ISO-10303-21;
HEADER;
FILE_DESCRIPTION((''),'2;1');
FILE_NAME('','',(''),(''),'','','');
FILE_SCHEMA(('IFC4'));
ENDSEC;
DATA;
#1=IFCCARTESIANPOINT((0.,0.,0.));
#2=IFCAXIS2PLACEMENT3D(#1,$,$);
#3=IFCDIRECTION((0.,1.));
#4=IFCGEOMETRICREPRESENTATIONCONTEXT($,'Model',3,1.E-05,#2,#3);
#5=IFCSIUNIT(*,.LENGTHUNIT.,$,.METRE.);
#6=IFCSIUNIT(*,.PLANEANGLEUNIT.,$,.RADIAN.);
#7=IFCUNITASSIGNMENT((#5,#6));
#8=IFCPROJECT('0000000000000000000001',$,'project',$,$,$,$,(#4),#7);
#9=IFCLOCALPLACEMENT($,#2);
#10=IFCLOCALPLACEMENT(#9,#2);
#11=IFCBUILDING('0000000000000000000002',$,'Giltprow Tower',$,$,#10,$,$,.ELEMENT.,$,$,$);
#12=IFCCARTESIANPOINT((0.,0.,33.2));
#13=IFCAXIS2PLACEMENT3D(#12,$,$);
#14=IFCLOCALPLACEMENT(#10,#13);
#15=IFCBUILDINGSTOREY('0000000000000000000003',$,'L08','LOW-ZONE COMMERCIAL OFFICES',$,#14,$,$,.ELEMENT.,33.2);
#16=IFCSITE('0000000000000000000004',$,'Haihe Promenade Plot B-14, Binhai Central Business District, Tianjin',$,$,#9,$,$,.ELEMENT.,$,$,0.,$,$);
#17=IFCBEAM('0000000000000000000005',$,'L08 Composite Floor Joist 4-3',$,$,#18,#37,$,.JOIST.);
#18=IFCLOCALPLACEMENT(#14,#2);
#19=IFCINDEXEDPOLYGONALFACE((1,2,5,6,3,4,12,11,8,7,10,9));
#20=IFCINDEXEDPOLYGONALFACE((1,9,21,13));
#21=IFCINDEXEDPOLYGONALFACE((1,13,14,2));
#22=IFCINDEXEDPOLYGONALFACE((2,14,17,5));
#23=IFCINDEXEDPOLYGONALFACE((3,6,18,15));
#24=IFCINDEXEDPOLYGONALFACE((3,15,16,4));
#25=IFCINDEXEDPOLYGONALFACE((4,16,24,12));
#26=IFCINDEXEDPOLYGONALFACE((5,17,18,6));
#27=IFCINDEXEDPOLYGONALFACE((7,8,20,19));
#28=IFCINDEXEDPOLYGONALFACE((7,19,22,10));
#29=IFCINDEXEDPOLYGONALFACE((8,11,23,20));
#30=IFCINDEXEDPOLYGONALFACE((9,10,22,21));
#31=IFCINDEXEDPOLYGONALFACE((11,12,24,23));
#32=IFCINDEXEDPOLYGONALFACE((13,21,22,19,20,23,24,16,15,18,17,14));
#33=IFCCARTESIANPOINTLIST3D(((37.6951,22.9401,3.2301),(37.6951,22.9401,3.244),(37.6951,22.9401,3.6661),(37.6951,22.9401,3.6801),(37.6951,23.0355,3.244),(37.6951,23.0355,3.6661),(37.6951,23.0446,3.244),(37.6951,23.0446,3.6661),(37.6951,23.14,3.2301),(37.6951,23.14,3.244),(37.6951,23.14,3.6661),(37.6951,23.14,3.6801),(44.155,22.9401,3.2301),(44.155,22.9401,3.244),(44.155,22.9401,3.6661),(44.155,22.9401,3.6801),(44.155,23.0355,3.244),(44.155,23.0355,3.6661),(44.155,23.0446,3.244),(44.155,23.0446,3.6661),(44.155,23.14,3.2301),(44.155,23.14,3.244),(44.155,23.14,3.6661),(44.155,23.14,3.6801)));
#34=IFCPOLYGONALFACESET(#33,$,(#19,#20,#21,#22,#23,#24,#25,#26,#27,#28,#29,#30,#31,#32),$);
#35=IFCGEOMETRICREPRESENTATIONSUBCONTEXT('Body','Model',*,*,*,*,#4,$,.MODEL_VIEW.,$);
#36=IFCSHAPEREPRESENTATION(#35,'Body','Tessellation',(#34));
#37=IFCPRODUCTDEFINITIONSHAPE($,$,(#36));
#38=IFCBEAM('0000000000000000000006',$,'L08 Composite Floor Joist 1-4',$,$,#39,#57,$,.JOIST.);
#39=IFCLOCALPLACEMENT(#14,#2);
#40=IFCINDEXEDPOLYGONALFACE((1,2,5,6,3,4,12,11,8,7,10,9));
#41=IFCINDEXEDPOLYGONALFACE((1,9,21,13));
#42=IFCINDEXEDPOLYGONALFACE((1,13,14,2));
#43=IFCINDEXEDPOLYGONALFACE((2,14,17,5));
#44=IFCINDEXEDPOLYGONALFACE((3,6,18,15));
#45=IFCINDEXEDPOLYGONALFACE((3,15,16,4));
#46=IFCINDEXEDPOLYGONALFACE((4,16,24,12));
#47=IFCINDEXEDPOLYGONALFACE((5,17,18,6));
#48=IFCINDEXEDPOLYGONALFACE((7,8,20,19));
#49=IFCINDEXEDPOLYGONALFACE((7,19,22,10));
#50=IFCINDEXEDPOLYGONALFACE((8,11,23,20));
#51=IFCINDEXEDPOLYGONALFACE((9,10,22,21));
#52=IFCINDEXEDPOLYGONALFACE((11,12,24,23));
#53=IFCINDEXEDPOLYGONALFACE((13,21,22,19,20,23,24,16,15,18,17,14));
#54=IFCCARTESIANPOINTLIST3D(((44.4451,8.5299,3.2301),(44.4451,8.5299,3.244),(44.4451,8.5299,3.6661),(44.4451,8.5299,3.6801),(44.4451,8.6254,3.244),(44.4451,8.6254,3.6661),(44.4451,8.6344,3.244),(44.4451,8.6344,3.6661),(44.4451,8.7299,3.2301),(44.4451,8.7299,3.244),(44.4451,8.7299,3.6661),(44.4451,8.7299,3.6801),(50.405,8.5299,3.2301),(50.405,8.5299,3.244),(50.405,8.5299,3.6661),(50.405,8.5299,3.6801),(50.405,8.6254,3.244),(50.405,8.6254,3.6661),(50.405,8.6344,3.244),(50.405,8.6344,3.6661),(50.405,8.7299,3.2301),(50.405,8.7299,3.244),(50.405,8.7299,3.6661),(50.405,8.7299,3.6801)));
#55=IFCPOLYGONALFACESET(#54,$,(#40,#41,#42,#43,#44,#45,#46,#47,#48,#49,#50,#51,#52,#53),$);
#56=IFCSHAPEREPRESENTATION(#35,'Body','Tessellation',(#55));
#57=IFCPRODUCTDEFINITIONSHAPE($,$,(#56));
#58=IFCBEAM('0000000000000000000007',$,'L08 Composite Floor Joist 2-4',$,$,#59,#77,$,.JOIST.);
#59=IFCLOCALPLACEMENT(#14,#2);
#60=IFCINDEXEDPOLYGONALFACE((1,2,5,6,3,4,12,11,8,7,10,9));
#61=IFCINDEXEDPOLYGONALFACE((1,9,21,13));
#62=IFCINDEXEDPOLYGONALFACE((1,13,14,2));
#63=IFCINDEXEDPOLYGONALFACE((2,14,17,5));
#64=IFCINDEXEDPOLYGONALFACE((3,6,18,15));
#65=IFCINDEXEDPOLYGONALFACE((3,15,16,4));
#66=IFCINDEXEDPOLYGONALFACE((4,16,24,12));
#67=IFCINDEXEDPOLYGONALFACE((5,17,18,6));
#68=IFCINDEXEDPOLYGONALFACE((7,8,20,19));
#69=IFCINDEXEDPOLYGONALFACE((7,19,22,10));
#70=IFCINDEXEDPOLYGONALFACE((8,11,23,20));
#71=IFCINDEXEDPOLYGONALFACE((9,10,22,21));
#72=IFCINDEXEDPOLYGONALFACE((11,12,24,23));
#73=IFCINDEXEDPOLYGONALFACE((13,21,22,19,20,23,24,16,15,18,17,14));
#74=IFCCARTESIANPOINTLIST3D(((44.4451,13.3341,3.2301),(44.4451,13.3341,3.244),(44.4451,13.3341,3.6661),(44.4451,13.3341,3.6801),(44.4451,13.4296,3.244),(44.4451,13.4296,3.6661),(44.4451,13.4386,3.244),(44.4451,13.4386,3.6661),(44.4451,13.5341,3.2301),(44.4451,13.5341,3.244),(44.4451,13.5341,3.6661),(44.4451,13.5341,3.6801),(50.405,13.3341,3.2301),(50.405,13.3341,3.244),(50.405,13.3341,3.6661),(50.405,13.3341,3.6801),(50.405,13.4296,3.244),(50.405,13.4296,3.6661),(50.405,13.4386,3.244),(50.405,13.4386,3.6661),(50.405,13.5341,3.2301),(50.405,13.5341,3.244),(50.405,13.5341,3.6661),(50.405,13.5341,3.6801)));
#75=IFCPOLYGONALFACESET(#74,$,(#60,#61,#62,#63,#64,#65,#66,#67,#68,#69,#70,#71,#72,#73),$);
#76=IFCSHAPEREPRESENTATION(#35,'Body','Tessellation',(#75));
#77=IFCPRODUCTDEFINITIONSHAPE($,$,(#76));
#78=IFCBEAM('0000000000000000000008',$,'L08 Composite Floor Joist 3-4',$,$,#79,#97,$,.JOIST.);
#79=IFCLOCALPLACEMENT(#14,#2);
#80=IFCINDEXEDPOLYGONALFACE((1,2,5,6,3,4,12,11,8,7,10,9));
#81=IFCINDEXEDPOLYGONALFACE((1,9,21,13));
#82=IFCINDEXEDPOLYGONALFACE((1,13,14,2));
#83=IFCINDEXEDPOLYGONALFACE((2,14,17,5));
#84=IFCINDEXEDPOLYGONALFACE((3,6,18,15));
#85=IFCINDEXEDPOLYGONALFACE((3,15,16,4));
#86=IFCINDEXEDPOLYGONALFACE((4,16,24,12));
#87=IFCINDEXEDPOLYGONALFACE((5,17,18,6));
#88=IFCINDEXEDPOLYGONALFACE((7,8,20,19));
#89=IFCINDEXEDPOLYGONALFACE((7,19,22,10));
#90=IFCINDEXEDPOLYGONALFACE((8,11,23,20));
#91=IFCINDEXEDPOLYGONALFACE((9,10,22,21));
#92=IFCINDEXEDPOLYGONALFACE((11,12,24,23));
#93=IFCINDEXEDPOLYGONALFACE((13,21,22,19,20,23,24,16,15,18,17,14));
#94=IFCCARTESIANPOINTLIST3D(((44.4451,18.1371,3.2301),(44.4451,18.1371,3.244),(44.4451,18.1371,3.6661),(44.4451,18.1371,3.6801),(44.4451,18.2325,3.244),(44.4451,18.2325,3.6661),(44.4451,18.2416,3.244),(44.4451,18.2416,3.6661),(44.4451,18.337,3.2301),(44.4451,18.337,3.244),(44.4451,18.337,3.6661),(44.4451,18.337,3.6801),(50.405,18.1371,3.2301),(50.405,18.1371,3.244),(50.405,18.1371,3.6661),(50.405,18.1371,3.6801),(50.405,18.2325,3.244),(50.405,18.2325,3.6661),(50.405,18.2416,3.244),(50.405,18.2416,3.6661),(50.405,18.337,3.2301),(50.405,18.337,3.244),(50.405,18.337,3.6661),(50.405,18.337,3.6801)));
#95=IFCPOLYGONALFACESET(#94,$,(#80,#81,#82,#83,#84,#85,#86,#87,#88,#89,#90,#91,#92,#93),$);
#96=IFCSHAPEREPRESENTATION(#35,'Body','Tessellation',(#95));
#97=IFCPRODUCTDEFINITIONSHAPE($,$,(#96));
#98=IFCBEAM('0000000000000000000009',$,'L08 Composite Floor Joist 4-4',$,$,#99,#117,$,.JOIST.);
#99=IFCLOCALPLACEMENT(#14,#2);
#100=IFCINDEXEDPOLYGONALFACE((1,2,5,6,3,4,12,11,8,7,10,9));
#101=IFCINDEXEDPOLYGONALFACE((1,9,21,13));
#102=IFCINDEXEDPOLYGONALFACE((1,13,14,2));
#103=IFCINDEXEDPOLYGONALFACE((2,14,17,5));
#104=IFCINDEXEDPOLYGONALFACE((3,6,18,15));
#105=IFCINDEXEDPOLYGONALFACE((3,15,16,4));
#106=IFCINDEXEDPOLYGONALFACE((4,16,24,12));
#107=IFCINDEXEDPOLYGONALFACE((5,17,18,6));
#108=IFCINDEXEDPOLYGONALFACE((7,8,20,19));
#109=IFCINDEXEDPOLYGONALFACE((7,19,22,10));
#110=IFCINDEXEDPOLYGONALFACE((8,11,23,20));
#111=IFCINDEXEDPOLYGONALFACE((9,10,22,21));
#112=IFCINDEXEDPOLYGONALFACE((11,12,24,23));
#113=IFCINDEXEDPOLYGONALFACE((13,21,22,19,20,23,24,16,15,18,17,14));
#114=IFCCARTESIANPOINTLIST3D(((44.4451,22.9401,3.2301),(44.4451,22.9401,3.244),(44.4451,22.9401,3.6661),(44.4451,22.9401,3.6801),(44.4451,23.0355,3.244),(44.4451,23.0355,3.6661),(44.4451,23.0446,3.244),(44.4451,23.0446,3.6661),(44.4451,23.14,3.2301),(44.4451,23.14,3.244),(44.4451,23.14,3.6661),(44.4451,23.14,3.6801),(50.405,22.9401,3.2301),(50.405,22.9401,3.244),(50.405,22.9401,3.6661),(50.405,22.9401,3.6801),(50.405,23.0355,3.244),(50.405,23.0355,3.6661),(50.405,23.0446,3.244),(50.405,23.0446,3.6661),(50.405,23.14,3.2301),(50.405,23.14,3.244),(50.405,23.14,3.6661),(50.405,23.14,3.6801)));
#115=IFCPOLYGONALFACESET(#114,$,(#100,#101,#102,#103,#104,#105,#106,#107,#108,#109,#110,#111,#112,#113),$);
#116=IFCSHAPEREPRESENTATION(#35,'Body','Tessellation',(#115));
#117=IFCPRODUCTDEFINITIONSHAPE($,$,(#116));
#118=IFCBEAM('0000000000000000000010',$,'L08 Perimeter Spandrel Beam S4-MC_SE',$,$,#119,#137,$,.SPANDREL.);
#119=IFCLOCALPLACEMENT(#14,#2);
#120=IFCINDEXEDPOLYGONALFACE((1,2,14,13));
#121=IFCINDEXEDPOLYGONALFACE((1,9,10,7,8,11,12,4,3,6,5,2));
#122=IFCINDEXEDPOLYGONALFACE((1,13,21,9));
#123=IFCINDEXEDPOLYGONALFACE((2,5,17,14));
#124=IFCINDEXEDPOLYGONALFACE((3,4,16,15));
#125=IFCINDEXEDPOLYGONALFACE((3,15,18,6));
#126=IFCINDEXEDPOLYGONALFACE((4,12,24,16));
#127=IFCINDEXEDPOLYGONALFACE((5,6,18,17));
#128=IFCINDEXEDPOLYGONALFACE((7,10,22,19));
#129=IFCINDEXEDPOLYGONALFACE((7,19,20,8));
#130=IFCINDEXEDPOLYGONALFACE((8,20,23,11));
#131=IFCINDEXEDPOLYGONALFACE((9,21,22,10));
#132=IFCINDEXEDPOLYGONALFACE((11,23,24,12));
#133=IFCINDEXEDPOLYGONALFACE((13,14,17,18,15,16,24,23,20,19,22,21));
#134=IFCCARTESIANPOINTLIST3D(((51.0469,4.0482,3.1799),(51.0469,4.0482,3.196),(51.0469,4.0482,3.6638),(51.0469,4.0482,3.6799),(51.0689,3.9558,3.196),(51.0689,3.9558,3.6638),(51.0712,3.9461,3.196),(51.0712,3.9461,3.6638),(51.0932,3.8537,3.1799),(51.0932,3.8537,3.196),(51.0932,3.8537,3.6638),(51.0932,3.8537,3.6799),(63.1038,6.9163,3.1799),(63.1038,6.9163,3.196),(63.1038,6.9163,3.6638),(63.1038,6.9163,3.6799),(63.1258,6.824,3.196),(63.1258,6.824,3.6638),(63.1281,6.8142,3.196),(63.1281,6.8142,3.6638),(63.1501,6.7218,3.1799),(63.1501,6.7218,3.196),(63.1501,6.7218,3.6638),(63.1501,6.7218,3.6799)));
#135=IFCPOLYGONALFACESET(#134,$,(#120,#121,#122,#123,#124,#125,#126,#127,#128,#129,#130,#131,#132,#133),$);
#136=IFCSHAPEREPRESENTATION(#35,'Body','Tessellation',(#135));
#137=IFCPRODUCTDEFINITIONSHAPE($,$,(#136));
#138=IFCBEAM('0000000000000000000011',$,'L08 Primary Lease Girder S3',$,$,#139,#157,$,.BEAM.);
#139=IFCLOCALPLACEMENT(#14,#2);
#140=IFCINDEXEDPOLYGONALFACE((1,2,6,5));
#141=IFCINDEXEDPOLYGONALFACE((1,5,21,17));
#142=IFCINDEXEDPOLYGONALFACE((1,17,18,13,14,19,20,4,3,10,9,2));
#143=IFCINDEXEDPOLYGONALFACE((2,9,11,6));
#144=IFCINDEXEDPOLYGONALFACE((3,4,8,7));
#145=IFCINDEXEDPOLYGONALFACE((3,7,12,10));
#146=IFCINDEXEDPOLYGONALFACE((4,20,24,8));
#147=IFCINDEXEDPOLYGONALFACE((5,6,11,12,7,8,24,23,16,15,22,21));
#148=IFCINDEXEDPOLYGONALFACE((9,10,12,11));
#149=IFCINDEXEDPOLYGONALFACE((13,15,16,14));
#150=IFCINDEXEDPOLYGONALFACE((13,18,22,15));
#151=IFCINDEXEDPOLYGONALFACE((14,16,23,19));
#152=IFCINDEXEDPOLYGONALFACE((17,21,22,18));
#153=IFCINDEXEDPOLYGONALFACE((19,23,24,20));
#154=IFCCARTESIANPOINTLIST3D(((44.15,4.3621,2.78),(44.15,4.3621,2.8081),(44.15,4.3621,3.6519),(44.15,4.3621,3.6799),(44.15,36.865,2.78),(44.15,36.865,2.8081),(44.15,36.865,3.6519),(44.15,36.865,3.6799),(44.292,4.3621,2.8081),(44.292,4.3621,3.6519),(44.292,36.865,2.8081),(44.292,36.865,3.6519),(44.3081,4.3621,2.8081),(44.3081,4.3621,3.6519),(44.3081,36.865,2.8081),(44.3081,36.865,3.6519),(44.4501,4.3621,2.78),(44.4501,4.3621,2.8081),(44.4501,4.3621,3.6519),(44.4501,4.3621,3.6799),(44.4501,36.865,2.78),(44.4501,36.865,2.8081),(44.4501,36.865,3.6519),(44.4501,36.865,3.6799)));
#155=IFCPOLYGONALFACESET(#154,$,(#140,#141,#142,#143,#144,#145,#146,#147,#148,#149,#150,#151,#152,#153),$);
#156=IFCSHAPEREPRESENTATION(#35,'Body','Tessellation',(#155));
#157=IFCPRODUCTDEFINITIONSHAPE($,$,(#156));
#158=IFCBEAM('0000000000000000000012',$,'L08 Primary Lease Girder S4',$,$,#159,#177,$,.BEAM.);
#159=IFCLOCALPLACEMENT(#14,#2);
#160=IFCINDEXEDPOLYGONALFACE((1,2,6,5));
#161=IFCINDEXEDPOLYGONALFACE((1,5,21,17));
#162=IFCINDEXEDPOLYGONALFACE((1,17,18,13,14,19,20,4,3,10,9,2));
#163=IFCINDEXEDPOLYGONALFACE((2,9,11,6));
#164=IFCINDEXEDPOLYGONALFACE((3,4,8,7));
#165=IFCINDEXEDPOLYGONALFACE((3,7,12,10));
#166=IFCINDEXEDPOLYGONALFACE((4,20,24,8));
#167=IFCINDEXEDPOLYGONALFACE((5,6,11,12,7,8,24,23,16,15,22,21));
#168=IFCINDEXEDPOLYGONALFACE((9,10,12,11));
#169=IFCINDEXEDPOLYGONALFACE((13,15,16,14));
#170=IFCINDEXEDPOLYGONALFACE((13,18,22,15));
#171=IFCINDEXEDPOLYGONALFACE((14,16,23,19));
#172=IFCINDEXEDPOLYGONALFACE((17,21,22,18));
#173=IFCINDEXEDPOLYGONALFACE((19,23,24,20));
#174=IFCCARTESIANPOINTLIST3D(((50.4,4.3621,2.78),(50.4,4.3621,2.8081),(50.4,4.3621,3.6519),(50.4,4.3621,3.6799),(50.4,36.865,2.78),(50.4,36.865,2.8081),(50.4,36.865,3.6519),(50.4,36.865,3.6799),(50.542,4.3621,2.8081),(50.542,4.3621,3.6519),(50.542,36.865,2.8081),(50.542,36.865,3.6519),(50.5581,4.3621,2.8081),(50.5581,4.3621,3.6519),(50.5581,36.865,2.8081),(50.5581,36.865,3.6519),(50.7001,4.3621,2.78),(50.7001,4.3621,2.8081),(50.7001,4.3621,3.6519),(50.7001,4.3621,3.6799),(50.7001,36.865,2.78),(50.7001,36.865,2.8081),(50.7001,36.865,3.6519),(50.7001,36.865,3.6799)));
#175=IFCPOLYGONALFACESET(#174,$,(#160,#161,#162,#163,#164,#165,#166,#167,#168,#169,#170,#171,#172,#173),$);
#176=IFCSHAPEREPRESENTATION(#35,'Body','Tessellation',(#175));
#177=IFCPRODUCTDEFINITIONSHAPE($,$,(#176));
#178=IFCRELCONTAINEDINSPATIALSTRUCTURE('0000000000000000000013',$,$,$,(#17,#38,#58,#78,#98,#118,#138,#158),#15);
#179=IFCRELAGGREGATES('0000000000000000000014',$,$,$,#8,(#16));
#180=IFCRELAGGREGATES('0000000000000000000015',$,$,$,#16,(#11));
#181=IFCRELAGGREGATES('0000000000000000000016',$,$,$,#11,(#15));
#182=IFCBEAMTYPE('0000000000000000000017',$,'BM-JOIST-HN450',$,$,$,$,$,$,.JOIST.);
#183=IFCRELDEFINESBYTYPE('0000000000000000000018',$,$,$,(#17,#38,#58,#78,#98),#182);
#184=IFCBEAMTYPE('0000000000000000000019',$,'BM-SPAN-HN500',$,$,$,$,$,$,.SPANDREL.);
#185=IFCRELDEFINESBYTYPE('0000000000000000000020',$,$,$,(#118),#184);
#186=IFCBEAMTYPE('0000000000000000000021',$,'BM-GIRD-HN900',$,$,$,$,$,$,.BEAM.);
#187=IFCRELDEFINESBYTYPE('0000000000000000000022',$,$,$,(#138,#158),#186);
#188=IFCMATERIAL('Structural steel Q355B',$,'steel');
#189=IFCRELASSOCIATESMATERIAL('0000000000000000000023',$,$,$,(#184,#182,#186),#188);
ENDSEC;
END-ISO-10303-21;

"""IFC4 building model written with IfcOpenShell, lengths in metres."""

from ifc_helpers import new_model, si_unit, direction, frame, origin, origin_2d, place, context, subcontext, project, spatial, i_section, extrude, source, transform, mapped, material, material_profile, profile_set, type_object, element, save


model = new_model("IFC4")

# Units and contexts
model_context = context("Model", 3, precision=1e-05, world=origin(), true_north=direction((0.0, 1.0)))
body_context = subcontext(model_context, "Body", "Model", "MODEL_VIEW")
ifc_project = project(units=[si_unit("LENGTHUNIT", "METRE"), si_unit("PLANEANGLEUNIT", "RADIAN")], contexts=[model_context])

# Site, building, storey
site_placement = place(None, origin())
site = spatial("IfcSite", under=ifc_project, at=site_placement, Name="Haihe Promenade Plot B-14, Binhai Central Business District, Tianjin", CompositionType="ELEMENT", RefElevation=0.0)
building_placement = place(site_placement, origin())
building = spatial("IfcBuilding", under=site, at=building_placement, Name="Giltprow Tower", CompositionType="ELEMENT")
storey_placement = place(building_placement, frame((0.0, 0.0, 33.2)))
storey = spatial("IfcBuildingStorey", under=building, at=storey_placement, Name="L08", Description="LOW-ZONE COMMERCIAL OFFICES", CompositionType="ELEMENT", Elevation=33.2)

# Beams
ifc_material_1 = material(Name="Structural steel Q355B", Category="steel")
ifc_material_profile_1 = material_profile(ifc_material_1, i_section(OverallWidth=0.2, OverallDepth=0.5, WebThickness=0.01, FlangeThickness=0.0161, at=origin_2d()), Name="HN 500x200x10x16")
ifc_profile_set_1 = profile_set([ifc_material_profile_1], Name="Structural steel Q355B")
beam_type_1 = type_object("IfcBeamType", Name="BM-SPAN-HN500", PredefinedType="SPANDREL", material=ifc_profile_set_1)
ifc_material_profile_2 = material_profile(ifc_material_1, i_section(OverallWidth=0.2, OverallDepth=0.45, WebThickness=0.009, FlangeThickness=0.0139, at=origin_2d()), Name="HN 450x200x9x14")
ifc_profile_set_2 = profile_set([ifc_material_profile_2], Name="Structural steel Q355B")
beam_type_2 = type_object("IfcBeamType", Name="BM-JOIST-HN450", PredefinedType="JOIST", material=ifc_profile_set_2)
shared_shape_1 = source(origin(), body_context, "Body", "SweptSolid", [
    extrude(i_section(OverallWidth=0.2, OverallDepth=0.45, WebThickness=0.009, FlangeThickness=0.0139, at=origin_2d()), origin(), (0.0, 0.0, 1.0), 6.46),
])
for number, where, z_axis, x_axis, name in (
    (1, (37.6951, 23.04, 3.4551), (1.0, 0.0, 0.0), (0.0, 1.0, 0.0), "L08 Composite Floor Joist 4-3"),
):
    element("IfcBeam", number, at=place(storey_placement, frame(where, z_axis=z_axis, x_axis=x_axis)), inside=storey, type_object=beam_type_2, Name=name, PredefinedType="JOIST", context=body_context, shape_type="MappedRepresentation", body=[
        mapped(shared_shape_1, transform((0.0, 0.0, 0.0), x_axis=(1.0, 0.0, 0.0), y_axis=(0.0, 1.0, 0.0), z_axis=(0.0, 0.0, 1.0), scale=1.0)),
    ])
shared_shape_2 = source(origin(), body_context, "Body", "SweptSolid", [
    extrude(i_section(OverallWidth=0.2, OverallDepth=0.45, WebThickness=0.009, FlangeThickness=0.0139, at=origin_2d()), origin(), (0.0, 0.0, 1.0), 5.96),
])
for number, where, z_axis, x_axis, name in (
    (2, (44.4451, 8.6299, 3.4551), (1.0, 0.0, 0.0), (0.0, 1.0, 0.0), "L08 Composite Floor Joist 1-4"),
    (3, (44.4451, 13.4341, 3.4551), (1.0, 0.0, 0.0), (0.0, 1.0, 0.0), "L08 Composite Floor Joist 2-4"),
    (4, (44.4451, 18.2371, 3.4551), (1.0, 0.0, 0.0), (0.0, 1.0, 0.0), "L08 Composite Floor Joist 3-4"),
    (5, (44.4451, 23.04, 3.4551), (1.0, 0.0, 0.0), (0.0, 1.0, 0.0), "L08 Composite Floor Joist 4-4"),
):
    element("IfcBeam", number, at=place(storey_placement, frame(where, z_axis=z_axis, x_axis=x_axis)), inside=storey, type_object=beam_type_2, Name=name, PredefinedType="JOIST", context=body_context, shape_type="MappedRepresentation", body=[
        mapped(shared_shape_2, transform((0.0, 0.0, 0.0), x_axis=(1.0, 0.0, 0.0), y_axis=(0.0, 1.0, 0.0), z_axis=(0.0, 0.0, 1.0), scale=1.0)),
    ])
shared_shape_3 = source(origin(), body_context, "Body", "SweptSolid", [
    extrude(i_section(OverallWidth=0.2, OverallDepth=0.5, WebThickness=0.01, FlangeThickness=0.0161, at=origin_2d()), origin(), (0.0, 0.0, 1.0), 12.3933),
])
beam_1_placement = place(storey_placement, frame((51.0701, 3.9509, 3.4299), z_axis=(0.972852, 0.231428, 0.0), x_axis=(-0.231428, 0.972852, 0.0)))
element("IfcBeam", 6, at=beam_1_placement, inside=storey, type_object=beam_type_1, Name="L08 Perimeter Spandrel Beam S4-MC_SE", PredefinedType="SPANDREL", context=body_context, shape_type="MappedRepresentation", body=[
    mapped(shared_shape_3, transform((0.0, 0.0, 0.0), x_axis=(1.0, 0.0, 0.0), y_axis=(0.0, 1.0, 0.0), z_axis=(0.0, 0.0, 1.0), scale=1.0)),
])
ifc_material_profile_3 = material_profile(ifc_material_1, i_section(OverallWidth=0.3, OverallDepth=0.8999, WebThickness=0.0161, FlangeThickness=0.0281, at=origin_2d()), Name="HN 900x300x16x28")
ifc_profile_set_3 = profile_set([ifc_material_profile_3], Name="Structural steel Q355B")
beam_type_3 = type_object("IfcBeamType", Name="BM-GIRD-HN900", PredefinedType="BEAM", material=ifc_profile_set_3)
shared_shape_4 = source(origin(), body_context, "Body", "SweptSolid", [
    extrude(i_section(OverallWidth=0.3, OverallDepth=0.8999, WebThickness=0.0161, FlangeThickness=0.0281, at=origin_2d()), origin(), (0.0, 0.0, 1.0), 32.5029),
])
for number, where, z_axis, x_axis, name in (
    (7, (44.3, 4.3621, 3.23), (0.0, 1.0, 0.0), (-1.0, 0.0, 0.0), "L08 Primary Lease Girder S3"),
    (8, (50.55, 4.3621, 3.23), (0.0, 1.0, 0.0), (-1.0, 0.0, 0.0), "L08 Primary Lease Girder S4"),
):
    element("IfcBeam", number, at=place(storey_placement, frame(where, z_axis=z_axis, x_axis=x_axis)), inside=storey, type_object=beam_type_3, Name=name, PredefinedType="BEAM", context=body_context, shape_type="MappedRepresentation", body=[
        mapped(shared_shape_4, transform((0.0, 0.0, 0.0), x_axis=(1.0, 0.0, 0.0), y_axis=(0.0, 1.0, 0.0), z_axis=(0.0, 0.0, 1.0), scale=1.0)),
    ])

save(model, "model.ifc")
